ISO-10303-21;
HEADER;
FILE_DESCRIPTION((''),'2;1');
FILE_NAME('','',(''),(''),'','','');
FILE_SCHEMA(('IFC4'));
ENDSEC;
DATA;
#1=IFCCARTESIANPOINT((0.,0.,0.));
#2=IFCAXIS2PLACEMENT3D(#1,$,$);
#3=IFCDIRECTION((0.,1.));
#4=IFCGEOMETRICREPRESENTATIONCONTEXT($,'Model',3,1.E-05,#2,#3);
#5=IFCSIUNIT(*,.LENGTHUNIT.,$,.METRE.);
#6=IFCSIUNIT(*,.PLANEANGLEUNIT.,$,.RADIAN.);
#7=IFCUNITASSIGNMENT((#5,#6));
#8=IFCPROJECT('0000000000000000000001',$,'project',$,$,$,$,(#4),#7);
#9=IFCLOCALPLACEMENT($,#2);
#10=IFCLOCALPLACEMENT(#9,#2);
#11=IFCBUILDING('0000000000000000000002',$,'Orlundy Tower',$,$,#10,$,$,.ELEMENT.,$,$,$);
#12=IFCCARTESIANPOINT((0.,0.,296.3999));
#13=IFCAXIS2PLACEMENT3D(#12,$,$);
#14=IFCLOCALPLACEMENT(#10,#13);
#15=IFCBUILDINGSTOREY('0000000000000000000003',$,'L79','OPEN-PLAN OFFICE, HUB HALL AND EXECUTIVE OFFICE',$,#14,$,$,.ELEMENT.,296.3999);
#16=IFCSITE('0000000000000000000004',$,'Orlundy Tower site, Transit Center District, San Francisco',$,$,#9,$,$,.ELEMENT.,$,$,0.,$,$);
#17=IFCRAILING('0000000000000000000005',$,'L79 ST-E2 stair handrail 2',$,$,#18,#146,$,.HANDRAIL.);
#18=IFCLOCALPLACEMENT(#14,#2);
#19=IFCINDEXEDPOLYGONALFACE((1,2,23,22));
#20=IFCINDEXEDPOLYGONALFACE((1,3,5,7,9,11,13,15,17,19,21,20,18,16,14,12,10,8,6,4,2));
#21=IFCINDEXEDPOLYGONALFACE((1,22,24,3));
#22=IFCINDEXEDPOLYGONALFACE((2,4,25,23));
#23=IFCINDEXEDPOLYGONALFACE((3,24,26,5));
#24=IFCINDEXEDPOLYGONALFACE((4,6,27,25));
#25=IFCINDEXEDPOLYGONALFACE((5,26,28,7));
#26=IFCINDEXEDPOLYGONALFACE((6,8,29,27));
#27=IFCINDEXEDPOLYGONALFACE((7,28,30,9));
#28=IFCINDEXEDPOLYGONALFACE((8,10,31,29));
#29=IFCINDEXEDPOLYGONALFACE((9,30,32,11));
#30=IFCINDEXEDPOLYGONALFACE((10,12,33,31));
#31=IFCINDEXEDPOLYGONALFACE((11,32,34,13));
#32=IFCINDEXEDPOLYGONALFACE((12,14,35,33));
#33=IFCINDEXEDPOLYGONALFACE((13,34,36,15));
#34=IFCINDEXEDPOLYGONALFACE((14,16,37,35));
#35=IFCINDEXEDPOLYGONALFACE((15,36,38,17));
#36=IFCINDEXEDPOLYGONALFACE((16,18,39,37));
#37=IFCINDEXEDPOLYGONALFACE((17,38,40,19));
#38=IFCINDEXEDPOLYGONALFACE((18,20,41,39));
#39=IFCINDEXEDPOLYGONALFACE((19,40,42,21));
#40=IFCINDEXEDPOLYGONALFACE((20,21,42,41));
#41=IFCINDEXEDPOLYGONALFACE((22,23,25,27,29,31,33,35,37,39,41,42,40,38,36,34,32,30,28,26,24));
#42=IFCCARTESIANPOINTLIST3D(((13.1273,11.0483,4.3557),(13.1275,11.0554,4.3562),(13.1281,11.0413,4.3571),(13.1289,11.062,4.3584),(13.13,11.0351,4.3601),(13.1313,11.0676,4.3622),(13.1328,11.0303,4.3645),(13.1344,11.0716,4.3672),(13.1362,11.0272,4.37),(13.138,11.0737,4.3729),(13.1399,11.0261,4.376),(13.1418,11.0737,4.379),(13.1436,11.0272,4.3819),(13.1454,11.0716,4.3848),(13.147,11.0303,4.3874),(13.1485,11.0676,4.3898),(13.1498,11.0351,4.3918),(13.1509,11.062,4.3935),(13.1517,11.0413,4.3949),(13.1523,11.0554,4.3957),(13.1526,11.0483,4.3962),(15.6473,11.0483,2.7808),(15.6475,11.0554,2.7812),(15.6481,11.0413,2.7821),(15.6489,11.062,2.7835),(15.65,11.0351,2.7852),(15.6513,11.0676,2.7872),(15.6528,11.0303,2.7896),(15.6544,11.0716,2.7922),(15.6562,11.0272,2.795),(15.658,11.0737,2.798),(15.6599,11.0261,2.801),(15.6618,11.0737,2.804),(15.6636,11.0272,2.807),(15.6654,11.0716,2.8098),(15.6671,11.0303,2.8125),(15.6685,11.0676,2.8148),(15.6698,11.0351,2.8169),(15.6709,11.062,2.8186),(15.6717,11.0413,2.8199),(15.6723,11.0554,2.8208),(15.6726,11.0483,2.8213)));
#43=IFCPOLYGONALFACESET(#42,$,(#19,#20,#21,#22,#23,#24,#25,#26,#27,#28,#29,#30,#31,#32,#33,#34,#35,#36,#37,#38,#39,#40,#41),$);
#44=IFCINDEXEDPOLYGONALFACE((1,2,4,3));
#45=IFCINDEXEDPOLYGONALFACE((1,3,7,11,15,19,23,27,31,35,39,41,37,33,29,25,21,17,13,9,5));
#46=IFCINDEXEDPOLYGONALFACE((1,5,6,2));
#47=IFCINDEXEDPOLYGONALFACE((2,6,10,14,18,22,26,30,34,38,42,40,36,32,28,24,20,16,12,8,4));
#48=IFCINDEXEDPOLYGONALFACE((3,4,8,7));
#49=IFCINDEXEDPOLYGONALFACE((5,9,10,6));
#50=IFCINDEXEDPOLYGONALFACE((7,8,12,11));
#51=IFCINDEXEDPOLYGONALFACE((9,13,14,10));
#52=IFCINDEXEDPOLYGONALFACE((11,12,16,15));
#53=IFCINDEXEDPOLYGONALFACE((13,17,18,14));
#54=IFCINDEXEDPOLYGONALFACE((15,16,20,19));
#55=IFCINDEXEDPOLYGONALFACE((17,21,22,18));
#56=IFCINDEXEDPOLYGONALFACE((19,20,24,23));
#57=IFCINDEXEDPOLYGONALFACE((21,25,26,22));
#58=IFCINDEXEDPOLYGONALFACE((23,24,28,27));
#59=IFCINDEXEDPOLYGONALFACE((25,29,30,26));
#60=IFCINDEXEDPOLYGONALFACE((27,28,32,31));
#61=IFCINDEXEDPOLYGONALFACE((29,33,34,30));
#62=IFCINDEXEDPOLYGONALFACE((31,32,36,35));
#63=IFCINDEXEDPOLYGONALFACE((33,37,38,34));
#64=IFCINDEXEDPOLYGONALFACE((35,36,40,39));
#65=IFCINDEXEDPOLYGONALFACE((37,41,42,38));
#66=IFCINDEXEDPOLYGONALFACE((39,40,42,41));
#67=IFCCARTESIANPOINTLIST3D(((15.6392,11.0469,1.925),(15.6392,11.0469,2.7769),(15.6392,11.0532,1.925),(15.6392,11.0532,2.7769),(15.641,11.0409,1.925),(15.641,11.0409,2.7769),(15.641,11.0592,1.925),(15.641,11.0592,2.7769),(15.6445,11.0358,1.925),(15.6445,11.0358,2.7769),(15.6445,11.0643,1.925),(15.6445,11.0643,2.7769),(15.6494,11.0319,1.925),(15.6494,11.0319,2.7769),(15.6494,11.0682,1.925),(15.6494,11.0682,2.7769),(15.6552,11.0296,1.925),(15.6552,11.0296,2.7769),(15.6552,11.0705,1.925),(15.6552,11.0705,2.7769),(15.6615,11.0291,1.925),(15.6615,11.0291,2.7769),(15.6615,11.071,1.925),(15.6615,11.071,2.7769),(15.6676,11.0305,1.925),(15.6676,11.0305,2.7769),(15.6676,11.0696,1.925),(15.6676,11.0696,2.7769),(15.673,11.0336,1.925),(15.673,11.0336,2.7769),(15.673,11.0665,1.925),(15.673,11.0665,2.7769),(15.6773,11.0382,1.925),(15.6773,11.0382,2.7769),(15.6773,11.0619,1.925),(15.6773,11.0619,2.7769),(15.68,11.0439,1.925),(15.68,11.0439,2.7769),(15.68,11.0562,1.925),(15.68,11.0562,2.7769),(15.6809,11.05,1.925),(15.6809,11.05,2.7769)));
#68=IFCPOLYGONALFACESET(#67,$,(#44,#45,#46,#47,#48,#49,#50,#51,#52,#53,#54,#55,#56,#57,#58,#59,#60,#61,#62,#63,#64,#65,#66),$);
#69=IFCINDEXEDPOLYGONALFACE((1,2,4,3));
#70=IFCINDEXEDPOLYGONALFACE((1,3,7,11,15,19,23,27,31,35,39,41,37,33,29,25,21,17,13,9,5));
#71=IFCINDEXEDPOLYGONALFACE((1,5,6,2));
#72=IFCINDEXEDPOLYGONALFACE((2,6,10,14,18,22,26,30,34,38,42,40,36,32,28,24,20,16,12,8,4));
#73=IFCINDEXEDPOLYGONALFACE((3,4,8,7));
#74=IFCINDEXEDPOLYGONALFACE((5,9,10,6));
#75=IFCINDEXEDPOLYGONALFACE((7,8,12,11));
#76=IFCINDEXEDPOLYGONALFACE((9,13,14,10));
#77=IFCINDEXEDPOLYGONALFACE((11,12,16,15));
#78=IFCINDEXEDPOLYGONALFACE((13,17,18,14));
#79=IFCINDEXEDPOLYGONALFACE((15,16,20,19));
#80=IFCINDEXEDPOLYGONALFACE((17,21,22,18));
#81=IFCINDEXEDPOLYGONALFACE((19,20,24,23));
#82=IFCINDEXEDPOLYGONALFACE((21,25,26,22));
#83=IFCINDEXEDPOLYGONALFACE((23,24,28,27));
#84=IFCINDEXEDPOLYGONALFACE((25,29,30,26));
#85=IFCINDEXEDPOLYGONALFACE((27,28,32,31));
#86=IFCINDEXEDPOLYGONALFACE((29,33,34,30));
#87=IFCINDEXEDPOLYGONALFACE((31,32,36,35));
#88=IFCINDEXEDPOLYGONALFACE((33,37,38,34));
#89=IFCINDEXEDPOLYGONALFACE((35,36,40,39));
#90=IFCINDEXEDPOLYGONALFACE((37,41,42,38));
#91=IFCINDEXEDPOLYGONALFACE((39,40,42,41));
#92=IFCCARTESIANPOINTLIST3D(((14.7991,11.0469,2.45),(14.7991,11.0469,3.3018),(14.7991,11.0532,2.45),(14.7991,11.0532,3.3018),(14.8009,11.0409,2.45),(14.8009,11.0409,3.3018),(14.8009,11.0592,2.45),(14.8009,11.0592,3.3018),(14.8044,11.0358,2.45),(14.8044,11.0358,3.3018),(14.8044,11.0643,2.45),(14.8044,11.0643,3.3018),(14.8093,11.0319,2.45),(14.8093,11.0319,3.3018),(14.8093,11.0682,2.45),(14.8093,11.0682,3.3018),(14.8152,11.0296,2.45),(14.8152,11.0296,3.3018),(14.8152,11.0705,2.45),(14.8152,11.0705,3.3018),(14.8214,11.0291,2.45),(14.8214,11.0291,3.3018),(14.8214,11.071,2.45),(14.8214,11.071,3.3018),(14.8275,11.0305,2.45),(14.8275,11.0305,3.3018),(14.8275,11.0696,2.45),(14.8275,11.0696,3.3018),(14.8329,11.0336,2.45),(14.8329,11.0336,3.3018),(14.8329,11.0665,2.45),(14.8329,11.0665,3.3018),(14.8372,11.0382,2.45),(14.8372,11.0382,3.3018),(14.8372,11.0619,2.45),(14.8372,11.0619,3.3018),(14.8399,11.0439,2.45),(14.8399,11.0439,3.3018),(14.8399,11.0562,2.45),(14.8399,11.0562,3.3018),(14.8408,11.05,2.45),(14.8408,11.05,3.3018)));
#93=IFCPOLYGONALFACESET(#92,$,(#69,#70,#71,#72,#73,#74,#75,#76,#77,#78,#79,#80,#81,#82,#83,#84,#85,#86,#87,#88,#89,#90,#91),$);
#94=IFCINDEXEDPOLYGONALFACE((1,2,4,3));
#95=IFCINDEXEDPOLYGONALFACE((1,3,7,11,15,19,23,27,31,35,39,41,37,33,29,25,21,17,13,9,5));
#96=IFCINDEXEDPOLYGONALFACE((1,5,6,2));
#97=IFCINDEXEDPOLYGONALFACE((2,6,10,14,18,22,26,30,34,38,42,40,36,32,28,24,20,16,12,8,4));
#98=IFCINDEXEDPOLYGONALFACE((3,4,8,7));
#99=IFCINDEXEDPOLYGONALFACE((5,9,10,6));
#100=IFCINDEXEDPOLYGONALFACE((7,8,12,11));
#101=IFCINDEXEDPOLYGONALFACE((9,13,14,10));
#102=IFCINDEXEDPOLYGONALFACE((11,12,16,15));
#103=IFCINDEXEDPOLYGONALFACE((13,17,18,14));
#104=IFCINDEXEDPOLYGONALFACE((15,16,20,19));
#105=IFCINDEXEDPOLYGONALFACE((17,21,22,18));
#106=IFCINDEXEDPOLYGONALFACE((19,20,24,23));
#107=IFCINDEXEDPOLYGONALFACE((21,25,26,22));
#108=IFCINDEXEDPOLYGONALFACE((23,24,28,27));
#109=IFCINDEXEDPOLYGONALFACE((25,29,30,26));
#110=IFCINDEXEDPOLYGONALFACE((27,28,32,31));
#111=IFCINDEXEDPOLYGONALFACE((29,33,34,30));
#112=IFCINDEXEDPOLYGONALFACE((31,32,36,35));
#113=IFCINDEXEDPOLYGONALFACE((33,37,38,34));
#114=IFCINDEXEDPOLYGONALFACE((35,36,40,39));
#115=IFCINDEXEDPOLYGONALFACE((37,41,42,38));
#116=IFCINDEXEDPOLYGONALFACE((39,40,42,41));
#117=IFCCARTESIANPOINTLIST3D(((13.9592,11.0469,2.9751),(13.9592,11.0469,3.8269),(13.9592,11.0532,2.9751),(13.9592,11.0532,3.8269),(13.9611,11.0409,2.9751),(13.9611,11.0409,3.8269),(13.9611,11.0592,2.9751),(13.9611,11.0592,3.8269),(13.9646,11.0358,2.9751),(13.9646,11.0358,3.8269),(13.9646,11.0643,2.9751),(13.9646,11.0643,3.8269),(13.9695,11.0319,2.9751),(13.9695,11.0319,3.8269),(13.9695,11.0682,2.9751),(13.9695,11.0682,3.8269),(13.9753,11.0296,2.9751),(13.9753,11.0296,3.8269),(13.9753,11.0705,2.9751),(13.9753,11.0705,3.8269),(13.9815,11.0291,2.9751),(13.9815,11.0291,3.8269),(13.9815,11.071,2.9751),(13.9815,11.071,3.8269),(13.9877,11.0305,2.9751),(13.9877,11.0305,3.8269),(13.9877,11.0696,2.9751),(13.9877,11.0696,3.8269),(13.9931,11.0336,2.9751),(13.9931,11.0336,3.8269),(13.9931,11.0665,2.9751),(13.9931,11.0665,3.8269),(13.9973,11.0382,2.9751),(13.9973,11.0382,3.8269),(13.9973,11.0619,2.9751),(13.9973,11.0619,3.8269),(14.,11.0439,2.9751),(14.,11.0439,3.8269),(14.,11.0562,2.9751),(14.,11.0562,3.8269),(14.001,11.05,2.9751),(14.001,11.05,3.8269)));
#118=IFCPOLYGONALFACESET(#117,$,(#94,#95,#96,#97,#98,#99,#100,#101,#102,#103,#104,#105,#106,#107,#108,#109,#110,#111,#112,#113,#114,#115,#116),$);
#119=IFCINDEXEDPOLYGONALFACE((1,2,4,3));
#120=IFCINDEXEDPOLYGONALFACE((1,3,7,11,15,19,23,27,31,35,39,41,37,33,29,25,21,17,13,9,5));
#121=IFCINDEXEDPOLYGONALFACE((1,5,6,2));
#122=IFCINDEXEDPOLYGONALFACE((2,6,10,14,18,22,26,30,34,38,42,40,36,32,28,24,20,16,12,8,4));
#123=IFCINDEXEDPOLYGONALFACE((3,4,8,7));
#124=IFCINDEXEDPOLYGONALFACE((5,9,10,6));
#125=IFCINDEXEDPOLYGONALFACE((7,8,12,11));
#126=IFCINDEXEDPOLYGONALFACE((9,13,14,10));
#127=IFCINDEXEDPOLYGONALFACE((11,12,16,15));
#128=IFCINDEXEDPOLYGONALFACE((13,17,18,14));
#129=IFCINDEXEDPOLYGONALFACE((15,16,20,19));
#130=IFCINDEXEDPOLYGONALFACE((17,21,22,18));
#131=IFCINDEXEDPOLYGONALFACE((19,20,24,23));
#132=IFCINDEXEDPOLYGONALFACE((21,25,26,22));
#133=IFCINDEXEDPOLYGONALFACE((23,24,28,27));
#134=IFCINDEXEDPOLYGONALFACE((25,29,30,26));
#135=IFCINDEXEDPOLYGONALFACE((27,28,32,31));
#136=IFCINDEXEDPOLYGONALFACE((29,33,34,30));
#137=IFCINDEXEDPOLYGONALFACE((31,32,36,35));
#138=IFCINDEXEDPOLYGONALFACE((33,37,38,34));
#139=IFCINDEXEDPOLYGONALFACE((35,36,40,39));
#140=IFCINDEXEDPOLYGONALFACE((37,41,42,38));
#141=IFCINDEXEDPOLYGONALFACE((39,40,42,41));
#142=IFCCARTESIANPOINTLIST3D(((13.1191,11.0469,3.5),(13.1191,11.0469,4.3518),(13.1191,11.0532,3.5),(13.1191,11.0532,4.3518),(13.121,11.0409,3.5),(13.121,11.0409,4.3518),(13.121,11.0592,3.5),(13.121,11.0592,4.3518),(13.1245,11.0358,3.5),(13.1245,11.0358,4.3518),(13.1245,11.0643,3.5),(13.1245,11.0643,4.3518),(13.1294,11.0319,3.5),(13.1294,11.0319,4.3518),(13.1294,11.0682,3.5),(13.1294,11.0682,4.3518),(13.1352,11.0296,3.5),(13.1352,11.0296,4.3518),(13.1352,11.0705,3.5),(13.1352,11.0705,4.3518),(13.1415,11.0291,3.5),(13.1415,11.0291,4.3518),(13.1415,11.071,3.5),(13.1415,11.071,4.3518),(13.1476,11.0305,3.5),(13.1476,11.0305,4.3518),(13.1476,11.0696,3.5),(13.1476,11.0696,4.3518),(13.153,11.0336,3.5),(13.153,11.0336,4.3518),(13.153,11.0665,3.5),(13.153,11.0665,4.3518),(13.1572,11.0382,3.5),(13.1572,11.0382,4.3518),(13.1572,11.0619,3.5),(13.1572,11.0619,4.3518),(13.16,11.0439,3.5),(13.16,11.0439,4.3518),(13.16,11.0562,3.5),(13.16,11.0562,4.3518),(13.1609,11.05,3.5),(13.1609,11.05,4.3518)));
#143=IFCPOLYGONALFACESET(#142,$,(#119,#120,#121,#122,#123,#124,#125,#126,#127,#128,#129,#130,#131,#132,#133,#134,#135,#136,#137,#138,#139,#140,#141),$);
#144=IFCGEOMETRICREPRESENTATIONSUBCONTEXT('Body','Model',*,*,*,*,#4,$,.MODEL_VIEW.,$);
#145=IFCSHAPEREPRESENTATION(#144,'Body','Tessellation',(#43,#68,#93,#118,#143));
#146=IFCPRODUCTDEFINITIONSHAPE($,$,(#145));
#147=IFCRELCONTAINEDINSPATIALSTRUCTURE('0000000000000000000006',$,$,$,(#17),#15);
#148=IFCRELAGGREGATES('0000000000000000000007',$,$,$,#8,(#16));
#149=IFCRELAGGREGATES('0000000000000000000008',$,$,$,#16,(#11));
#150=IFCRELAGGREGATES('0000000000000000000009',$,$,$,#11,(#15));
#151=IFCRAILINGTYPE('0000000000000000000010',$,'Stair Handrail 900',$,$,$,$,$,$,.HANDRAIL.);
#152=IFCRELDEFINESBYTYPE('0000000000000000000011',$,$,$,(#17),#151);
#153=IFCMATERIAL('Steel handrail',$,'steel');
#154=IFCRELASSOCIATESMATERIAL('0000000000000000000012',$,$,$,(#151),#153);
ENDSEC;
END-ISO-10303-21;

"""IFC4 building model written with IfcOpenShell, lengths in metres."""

from ifc_helpers import new_model, si_unit, direction, frame, origin, origin_2d, place, context, subcontext, project, spatial, circle, extrude, material, type_object, element, save


model = new_model("IFC4")

# Units and contexts
model_context = context("Model", 3, precision=1e-05, world=origin(), true_north=direction((0.0, 1.0)))
body_context = subcontext(model_context, "Body", "Model", "MODEL_VIEW")
ifc_project = project(units=[si_unit("LENGTHUNIT", "METRE"), si_unit("PLANEANGLEUNIT", "RADIAN")], contexts=[model_context])

# Site, building, storey
site_placement = place(None, origin())
site = spatial("IfcSite", under=ifc_project, at=site_placement, Name="Orlundy Tower site, Transit Center District, San Francisco", CompositionType="ELEMENT", RefElevation=0.0)
building_placement = place(site_placement, origin())
building = spatial("IfcBuilding", under=site, at=building_placement, Name="Orlundy Tower", CompositionType="ELEMENT")
storey_placement = place(building_placement, frame((0.0, 0.0, 296.3999)))
storey = spatial("IfcBuildingStorey", under=building, at=storey_placement, Name="L79", Description="OPEN-PLAN OFFICE, HUB HALL AND EXECUTIVE OFFICE", CompositionType="ELEMENT", Elevation=296.3999)

# Railing
ifc_material_1 = material(Name="Steel handrail", Category="steel")
railing_type_1 = type_object("IfcRailingType", Name="Stair Handrail 900", PredefinedType="HANDRAIL", material=ifc_material_1)
railing_1_placement = place(storey_placement, frame((15.6599, 11.05, 1.925)))
element("IfcRailing", 1, at=railing_1_placement, inside=storey, type_object=railing_type_1, Name="L79 ST-E2 stair handrail 2", PredefinedType="HANDRAIL", context=body_context, shape_type="SweptSolid", body=[
    extrude(circle(Radius=0.0239, at=origin_2d()), frame((0.0, 0.0, 0.876), z_axis=(-0.848008, 0.0, 0.529984), x_axis=(0.0, -1.0, 0.0)), (0.0, 0.0, 1.0), 2.9717),
    extrude(circle(Radius=0.021, at=origin_2d()), origin(), (0.0, 0.0, 1.0), 0.8518),
    extrude(circle(Radius=0.021, at=origin_2d()), frame((-0.8401, 0.0, 0.5249)), (0.0, 0.0, 1.0), 0.8518),
    extrude(circle(Radius=0.021, at=origin_2d()), frame((-1.6799, 0.0, 1.05)), (0.0, 0.0, 1.0), 0.8518),
    extrude(circle(Radius=0.021, at=origin_2d()), frame((-2.52, 0.0, 1.575)), (0.0, 0.0, 1.0), 0.8518),
])

save(model, "model.ifc")
